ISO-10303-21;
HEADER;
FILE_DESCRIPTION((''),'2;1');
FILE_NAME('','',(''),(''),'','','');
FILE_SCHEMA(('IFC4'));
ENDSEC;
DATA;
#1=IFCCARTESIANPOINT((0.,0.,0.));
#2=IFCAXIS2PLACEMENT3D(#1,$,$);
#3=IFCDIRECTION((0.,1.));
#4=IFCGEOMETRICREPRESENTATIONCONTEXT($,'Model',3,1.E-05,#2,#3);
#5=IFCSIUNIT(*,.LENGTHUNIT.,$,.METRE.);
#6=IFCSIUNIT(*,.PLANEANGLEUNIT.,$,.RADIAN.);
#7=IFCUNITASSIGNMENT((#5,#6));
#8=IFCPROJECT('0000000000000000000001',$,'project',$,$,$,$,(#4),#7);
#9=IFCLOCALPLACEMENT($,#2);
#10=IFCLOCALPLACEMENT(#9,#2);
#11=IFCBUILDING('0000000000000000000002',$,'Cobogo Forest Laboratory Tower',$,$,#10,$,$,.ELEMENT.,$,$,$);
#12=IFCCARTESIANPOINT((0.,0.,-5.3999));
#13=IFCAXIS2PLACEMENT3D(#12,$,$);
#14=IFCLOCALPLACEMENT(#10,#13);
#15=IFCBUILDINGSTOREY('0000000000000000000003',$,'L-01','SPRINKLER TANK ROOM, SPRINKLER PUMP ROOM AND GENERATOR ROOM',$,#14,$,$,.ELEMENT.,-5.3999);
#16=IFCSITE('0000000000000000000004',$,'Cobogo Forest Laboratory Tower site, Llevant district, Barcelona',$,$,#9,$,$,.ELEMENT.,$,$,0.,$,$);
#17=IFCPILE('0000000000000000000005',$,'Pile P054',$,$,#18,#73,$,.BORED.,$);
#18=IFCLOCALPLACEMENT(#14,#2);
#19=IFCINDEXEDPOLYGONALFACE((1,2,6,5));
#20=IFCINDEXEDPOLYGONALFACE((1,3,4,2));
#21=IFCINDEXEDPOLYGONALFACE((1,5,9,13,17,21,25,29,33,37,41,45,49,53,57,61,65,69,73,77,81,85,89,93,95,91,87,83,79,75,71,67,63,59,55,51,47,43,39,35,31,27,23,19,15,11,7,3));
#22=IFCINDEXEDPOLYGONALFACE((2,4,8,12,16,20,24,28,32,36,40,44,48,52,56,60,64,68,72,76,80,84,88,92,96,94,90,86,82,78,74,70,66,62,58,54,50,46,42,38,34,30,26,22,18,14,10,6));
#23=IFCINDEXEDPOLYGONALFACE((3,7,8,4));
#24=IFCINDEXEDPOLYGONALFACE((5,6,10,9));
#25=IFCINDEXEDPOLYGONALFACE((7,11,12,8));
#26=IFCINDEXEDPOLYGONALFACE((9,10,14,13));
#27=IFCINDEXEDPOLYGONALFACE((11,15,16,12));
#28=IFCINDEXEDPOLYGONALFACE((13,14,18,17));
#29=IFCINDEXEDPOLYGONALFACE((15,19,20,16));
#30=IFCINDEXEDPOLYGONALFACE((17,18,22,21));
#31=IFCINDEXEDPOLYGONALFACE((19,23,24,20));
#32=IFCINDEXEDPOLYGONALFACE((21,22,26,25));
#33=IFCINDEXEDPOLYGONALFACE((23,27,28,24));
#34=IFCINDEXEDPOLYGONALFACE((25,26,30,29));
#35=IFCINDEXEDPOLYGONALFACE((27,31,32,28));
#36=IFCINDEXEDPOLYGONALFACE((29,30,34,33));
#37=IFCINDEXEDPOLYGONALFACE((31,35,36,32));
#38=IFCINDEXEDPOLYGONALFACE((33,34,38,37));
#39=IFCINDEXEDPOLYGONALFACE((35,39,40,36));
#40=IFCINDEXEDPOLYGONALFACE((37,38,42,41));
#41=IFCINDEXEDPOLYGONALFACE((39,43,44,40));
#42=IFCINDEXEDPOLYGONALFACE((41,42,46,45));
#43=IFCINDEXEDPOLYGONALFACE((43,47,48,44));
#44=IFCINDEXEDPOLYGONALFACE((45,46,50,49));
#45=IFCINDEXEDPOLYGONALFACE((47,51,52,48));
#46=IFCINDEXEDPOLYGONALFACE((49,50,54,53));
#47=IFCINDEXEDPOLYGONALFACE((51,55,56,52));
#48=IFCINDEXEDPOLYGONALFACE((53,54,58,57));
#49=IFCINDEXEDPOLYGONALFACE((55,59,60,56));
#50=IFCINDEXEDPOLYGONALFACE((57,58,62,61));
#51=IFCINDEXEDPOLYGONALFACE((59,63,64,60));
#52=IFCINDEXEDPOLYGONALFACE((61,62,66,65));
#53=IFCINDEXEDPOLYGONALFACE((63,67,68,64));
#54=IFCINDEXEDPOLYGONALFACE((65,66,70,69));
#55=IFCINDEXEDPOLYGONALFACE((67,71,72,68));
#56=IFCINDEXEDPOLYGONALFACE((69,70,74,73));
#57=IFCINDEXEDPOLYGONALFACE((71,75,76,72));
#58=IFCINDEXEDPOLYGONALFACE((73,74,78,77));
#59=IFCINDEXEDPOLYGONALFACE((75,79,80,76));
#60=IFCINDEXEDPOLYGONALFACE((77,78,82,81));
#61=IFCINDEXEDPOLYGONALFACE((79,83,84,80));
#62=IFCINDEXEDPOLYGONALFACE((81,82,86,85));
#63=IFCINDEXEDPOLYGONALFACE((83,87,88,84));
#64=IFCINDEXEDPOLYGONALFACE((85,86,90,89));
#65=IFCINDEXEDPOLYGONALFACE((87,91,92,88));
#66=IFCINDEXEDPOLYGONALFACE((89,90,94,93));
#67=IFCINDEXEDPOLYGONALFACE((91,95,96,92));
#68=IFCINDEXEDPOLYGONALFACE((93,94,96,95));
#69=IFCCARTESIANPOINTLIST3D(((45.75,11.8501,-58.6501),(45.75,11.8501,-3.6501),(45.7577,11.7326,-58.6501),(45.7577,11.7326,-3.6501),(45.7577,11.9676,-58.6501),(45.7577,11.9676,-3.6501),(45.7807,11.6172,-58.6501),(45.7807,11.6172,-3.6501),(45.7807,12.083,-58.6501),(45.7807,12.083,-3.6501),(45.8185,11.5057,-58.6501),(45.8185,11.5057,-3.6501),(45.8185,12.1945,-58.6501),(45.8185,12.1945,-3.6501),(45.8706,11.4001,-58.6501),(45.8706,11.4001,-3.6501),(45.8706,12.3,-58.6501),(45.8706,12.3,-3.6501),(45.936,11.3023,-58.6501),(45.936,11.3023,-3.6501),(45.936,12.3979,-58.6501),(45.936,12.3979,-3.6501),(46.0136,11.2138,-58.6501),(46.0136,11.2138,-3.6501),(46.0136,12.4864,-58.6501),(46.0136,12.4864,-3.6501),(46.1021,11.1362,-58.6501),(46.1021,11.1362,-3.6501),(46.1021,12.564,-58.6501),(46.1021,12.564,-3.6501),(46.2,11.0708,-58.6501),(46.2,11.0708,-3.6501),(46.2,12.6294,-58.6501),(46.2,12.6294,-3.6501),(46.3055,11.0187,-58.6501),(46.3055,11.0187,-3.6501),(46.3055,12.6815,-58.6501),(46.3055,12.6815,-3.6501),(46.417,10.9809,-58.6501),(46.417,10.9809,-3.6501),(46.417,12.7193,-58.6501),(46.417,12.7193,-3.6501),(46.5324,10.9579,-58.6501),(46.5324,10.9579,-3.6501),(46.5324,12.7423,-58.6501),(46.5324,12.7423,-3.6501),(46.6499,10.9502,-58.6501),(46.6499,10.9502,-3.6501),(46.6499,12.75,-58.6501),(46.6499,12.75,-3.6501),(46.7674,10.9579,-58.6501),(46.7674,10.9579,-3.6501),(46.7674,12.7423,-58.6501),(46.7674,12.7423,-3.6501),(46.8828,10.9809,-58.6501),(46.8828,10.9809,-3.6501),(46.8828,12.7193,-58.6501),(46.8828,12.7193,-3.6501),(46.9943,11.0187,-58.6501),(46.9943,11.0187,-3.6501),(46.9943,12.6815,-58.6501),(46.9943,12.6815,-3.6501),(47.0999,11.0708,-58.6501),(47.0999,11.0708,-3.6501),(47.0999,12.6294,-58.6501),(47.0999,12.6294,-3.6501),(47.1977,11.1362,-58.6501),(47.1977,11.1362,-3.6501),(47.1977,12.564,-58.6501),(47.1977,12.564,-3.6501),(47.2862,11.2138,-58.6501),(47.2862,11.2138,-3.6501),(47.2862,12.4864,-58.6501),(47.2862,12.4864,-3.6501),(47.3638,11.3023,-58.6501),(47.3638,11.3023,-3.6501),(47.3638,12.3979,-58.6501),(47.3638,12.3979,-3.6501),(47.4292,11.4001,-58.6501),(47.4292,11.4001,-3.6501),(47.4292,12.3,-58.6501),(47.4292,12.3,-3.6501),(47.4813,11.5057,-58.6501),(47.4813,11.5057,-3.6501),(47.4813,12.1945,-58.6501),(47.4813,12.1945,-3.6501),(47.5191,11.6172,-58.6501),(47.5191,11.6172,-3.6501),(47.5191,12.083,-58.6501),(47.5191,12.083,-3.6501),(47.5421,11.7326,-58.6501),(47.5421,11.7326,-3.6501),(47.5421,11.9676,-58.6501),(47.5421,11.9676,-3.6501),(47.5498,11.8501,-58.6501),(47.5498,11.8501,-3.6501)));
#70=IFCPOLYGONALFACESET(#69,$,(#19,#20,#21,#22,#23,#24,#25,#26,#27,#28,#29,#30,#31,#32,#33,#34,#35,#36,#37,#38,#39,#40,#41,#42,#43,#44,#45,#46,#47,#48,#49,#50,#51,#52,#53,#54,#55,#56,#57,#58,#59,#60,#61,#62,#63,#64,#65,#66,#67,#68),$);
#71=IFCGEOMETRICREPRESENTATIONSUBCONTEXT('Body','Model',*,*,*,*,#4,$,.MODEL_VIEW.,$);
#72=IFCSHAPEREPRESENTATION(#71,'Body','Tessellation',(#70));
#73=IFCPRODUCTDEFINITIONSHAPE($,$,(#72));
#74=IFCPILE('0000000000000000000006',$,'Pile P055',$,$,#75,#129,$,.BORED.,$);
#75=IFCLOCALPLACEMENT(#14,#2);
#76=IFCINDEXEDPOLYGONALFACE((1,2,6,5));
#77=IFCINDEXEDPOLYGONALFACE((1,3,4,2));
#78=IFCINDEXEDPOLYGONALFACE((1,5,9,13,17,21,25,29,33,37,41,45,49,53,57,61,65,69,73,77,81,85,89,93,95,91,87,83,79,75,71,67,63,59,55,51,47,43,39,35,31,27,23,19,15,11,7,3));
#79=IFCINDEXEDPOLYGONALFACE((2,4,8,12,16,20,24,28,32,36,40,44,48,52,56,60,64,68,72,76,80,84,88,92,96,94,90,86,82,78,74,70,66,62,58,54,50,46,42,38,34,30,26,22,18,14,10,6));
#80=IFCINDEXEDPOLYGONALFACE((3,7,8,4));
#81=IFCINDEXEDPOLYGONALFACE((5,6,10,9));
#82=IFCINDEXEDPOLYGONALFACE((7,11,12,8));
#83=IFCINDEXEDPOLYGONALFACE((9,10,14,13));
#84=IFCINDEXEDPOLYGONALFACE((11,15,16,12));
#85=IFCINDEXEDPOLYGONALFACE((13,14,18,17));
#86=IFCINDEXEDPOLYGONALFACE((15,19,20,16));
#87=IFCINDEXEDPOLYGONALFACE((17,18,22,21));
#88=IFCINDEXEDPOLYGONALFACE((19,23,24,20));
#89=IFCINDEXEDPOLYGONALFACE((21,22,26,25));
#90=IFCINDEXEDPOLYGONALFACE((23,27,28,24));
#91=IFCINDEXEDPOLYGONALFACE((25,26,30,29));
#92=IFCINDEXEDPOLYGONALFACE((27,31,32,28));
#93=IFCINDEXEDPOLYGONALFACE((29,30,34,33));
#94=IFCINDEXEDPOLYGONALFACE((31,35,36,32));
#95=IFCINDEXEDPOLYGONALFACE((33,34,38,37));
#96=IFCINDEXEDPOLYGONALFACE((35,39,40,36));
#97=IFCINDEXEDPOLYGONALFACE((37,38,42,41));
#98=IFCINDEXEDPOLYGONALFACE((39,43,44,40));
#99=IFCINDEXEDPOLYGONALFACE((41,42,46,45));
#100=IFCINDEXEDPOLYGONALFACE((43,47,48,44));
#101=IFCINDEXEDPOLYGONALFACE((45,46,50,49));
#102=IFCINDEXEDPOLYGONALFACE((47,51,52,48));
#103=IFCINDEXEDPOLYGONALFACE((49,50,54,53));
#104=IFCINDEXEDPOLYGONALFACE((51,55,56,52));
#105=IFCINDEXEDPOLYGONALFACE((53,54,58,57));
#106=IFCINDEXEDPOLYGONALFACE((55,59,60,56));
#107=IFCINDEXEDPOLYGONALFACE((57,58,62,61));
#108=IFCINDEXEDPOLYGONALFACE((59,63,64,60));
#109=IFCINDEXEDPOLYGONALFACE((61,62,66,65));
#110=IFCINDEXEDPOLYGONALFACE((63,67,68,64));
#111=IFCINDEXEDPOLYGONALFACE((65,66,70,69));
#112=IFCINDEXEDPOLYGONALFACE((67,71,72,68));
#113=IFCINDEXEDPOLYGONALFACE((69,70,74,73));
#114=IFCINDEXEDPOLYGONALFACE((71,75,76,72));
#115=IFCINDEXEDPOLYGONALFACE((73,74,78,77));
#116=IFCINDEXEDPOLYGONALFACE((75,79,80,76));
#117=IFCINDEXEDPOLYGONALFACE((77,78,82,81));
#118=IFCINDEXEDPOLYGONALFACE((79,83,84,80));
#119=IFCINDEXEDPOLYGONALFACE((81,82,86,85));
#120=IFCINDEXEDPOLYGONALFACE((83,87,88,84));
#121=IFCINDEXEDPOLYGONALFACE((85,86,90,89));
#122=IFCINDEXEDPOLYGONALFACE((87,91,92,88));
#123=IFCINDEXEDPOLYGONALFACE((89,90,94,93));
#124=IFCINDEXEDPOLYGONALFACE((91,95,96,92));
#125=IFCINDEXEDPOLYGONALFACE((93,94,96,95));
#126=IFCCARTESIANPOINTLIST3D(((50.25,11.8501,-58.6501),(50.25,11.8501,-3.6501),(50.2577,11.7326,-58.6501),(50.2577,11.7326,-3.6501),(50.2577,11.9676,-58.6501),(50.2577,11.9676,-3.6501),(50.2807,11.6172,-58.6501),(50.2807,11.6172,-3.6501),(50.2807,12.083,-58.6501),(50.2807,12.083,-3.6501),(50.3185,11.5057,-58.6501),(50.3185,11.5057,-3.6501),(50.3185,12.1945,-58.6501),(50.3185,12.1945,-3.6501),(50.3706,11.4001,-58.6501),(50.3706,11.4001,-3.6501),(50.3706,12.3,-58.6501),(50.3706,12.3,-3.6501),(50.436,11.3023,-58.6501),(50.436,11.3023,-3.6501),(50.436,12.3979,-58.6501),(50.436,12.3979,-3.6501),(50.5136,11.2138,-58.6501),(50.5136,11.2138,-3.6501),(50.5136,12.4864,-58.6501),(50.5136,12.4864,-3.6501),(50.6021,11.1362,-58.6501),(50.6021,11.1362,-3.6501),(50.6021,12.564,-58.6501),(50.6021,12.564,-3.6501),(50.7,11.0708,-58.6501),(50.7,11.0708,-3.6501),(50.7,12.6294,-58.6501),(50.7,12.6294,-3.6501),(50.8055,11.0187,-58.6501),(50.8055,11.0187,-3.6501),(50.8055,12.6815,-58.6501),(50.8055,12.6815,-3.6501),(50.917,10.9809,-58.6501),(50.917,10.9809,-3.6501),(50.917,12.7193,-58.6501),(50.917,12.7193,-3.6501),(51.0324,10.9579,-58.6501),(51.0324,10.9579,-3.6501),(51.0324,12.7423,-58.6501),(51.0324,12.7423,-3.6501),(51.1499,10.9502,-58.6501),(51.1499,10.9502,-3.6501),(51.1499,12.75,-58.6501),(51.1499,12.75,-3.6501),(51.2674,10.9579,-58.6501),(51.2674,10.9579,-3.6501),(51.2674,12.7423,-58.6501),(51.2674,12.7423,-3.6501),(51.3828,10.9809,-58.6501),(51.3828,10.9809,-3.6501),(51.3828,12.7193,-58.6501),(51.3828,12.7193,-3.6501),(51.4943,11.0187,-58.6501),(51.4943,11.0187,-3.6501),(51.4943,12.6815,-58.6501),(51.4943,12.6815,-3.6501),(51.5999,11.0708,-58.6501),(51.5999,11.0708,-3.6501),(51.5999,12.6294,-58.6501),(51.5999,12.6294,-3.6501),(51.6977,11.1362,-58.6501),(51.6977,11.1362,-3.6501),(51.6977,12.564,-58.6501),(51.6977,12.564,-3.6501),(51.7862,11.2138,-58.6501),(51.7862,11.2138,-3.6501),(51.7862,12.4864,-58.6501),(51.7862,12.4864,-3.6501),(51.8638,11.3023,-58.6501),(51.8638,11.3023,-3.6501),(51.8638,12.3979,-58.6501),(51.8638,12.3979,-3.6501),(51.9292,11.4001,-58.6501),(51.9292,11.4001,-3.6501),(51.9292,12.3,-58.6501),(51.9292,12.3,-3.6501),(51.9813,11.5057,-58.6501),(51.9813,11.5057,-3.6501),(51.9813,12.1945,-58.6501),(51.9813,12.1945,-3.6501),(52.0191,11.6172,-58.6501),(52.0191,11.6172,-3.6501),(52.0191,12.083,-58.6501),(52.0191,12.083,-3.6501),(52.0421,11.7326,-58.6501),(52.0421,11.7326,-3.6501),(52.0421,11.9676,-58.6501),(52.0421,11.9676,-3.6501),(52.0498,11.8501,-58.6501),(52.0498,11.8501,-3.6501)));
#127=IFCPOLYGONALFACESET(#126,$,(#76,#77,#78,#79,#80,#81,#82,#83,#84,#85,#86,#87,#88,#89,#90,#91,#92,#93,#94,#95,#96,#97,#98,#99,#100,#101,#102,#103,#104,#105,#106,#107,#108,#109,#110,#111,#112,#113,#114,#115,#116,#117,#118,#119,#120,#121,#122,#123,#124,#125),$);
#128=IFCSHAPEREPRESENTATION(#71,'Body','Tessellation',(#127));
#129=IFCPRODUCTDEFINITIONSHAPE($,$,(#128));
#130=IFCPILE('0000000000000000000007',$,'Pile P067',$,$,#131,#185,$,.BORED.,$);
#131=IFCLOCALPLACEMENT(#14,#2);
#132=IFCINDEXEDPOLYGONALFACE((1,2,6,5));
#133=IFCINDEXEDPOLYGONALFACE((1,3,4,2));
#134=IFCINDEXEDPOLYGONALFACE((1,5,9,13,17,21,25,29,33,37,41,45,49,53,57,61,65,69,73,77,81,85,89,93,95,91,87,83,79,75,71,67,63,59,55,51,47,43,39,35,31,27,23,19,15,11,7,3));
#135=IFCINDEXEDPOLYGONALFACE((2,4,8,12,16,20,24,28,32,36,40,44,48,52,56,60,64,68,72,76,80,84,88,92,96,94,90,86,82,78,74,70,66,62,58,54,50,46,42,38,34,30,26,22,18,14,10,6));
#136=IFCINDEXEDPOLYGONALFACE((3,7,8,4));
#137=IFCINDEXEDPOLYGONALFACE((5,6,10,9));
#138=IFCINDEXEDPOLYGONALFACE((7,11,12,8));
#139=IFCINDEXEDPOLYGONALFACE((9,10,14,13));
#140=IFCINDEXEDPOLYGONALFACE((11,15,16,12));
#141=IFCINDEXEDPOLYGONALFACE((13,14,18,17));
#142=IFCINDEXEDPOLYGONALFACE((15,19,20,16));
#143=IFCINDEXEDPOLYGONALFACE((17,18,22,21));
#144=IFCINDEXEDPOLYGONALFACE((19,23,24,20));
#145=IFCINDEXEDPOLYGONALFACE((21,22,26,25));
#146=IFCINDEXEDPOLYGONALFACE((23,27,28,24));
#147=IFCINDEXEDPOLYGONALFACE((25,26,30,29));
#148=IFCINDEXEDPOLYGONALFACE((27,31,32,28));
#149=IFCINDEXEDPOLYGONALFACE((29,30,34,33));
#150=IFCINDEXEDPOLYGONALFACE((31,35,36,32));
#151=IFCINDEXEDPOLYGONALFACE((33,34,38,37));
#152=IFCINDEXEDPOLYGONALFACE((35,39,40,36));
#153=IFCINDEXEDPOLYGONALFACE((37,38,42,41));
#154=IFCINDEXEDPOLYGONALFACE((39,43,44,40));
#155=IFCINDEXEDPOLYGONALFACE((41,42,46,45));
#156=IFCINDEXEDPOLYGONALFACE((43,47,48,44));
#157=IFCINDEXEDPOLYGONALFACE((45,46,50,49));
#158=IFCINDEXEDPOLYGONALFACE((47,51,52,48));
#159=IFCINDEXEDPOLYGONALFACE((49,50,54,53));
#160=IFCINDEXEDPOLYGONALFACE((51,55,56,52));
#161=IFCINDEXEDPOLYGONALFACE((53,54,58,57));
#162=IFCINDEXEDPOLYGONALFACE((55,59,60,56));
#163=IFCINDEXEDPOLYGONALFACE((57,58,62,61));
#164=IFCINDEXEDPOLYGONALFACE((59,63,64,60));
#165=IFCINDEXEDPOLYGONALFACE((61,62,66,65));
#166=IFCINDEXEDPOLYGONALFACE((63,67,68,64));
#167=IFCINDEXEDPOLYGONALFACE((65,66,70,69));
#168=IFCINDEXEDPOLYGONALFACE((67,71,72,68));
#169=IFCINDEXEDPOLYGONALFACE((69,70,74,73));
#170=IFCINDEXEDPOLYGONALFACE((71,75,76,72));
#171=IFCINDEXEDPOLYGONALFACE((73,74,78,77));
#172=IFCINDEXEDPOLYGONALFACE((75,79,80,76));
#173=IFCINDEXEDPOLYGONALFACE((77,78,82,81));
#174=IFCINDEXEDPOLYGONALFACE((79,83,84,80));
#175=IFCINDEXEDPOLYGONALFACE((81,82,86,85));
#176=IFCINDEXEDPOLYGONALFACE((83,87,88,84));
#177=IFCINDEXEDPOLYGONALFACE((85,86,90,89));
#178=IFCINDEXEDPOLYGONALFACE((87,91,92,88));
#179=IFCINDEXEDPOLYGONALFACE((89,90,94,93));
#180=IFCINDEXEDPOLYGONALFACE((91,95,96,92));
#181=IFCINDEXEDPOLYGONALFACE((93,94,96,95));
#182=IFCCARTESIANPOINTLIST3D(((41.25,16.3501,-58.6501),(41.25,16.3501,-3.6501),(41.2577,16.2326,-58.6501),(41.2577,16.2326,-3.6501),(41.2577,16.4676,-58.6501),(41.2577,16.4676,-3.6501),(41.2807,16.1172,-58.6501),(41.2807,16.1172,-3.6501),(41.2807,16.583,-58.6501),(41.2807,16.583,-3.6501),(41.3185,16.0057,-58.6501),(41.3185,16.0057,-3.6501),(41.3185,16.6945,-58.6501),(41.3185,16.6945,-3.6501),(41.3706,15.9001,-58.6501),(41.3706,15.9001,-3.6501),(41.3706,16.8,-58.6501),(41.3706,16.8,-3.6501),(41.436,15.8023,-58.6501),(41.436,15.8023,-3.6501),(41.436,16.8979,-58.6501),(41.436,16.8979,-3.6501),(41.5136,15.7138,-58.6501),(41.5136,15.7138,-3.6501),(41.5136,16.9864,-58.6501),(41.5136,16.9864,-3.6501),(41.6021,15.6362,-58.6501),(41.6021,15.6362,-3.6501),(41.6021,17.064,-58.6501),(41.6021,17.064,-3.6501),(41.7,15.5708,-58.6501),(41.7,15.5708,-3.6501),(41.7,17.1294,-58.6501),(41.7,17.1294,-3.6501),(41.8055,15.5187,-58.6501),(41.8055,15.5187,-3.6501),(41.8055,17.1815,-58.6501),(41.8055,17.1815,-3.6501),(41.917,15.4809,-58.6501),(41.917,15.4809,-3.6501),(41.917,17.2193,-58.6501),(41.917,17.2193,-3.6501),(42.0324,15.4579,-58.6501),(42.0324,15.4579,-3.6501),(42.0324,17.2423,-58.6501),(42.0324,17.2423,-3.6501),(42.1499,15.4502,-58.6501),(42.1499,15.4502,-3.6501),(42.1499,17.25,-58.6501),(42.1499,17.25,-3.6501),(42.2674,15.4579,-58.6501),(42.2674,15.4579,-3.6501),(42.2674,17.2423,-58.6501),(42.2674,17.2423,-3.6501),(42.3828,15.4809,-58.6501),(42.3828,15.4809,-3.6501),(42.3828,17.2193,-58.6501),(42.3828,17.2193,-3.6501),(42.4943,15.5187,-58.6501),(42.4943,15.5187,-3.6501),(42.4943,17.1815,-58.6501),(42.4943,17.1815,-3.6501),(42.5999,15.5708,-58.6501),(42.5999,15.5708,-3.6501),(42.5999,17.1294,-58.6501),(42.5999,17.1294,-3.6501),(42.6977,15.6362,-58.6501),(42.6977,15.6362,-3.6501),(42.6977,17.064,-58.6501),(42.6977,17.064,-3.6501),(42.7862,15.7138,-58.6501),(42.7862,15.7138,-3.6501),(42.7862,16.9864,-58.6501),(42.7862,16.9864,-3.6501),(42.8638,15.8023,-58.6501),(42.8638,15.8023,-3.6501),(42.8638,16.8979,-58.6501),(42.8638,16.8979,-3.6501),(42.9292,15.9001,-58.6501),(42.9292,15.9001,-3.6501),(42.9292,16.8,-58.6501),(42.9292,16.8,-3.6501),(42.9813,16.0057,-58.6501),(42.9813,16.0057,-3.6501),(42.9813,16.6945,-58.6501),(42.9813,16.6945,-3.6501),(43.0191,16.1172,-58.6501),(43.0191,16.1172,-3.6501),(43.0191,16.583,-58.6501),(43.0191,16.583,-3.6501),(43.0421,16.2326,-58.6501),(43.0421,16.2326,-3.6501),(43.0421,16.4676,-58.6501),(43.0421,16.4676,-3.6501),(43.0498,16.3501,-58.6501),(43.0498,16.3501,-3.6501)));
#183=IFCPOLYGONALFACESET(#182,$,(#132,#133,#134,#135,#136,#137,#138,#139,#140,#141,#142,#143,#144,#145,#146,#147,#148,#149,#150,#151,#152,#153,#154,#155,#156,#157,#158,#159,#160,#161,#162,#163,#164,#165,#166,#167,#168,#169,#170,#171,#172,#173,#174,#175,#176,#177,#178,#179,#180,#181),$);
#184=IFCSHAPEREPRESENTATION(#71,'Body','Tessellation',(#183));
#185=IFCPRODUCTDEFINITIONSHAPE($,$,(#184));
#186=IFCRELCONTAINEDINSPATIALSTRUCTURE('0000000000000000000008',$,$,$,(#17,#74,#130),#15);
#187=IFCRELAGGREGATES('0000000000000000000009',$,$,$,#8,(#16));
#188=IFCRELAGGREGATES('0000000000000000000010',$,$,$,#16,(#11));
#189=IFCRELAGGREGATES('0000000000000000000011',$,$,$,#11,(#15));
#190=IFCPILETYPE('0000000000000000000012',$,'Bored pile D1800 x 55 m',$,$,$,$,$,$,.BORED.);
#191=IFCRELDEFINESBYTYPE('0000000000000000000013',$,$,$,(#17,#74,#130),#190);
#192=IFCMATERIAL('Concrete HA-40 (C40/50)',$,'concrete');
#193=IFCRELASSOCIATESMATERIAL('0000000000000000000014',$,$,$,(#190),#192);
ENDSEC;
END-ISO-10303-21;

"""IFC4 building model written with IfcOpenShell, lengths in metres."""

from ifc_helpers import new_model, si_unit, direction, frame, origin, origin_2d, place, context, subcontext, project, spatial, circle, extrude, material, material_profile, profile_set, type_object, element, save


model = new_model("IFC4")

# Units and contexts
model_context = context("Model", 3, precision=1e-05, world=origin(), true_north=direction((0.0, 1.0)))
body_context = subcontext(model_context, "Body", "Model", "MODEL_VIEW")
ifc_project = project(units=[si_unit("LENGTHUNIT", "METRE"), si_unit("PLANEANGLEUNIT", "RADIAN")], contexts=[model_context])

# Site, building, storey
site_placement = place(None, origin())
site = spatial("IfcSite", under=ifc_project, at=site_placement, Name="Cobogo Forest Laboratory Tower site, Llevant district, Barcelona", CompositionType="ELEMENT", RefElevation=0.0)
building_placement = place(site_placement, origin())
building = spatial("IfcBuilding", under=site, at=building_placement, Name="Cobogo Forest Laboratory Tower", CompositionType="ELEMENT")
storey_placement = place(building_placement, frame((0.0, 0.0, -5.3999)))
storey = spatial("IfcBuildingStorey", under=building, at=storey_placement, Name="L-01", Description="SPRINKLER TANK ROOM, SPRINKLER PUMP ROOM AND GENERATOR ROOM", CompositionType="ELEMENT", Elevation=-5.3999)

# Piles
ifc_material_1 = material(Name="Concrete HA-40 (C40/50)", Category="concrete")
ifc_material_profile_1 = material_profile(ifc_material_1, circle(Radius=0.8999, at=origin_2d()), Name="PILE D1800")
ifc_profile_set_1 = profile_set([ifc_material_profile_1], Name="Concrete HA-40 (C40/50)")
pile_type_1 = type_object("IfcPileType", Name="Bored pile D1800 x 55 m", PredefinedType="BORED", material=ifc_profile_set_1)
for number, where, z_axis, x_axis, name in (
    (1, (46.6499, 11.8501, -3.6501), (0.0, 0.0, -1.0), (1.0, 0.0, 0.0), "Pile P054"),
    (2, (51.1499, 11.8501, -3.6501), (0.0, 0.0, -1.0), (1.0, 0.0, 0.0), "Pile P055"),
    (3, (42.1499, 16.3501, -3.6501), (0.0, 0.0, -1.0), (1.0, 0.0, 0.0), "Pile P067"),
):
    element("IfcPile", number, at=place(storey_placement, frame(where, z_axis=z_axis, x_axis=x_axis)), inside=storey, type_object=pile_type_1, Name=name, PredefinedType="BORED", context=body_context, shape_type="SweptSolid", body=[
        extrude(circle(Radius=0.8999, at=origin_2d()), origin(), (0.0, 0.0, 1.0), 55.0),
    ])

save(model, "model.ifc")
